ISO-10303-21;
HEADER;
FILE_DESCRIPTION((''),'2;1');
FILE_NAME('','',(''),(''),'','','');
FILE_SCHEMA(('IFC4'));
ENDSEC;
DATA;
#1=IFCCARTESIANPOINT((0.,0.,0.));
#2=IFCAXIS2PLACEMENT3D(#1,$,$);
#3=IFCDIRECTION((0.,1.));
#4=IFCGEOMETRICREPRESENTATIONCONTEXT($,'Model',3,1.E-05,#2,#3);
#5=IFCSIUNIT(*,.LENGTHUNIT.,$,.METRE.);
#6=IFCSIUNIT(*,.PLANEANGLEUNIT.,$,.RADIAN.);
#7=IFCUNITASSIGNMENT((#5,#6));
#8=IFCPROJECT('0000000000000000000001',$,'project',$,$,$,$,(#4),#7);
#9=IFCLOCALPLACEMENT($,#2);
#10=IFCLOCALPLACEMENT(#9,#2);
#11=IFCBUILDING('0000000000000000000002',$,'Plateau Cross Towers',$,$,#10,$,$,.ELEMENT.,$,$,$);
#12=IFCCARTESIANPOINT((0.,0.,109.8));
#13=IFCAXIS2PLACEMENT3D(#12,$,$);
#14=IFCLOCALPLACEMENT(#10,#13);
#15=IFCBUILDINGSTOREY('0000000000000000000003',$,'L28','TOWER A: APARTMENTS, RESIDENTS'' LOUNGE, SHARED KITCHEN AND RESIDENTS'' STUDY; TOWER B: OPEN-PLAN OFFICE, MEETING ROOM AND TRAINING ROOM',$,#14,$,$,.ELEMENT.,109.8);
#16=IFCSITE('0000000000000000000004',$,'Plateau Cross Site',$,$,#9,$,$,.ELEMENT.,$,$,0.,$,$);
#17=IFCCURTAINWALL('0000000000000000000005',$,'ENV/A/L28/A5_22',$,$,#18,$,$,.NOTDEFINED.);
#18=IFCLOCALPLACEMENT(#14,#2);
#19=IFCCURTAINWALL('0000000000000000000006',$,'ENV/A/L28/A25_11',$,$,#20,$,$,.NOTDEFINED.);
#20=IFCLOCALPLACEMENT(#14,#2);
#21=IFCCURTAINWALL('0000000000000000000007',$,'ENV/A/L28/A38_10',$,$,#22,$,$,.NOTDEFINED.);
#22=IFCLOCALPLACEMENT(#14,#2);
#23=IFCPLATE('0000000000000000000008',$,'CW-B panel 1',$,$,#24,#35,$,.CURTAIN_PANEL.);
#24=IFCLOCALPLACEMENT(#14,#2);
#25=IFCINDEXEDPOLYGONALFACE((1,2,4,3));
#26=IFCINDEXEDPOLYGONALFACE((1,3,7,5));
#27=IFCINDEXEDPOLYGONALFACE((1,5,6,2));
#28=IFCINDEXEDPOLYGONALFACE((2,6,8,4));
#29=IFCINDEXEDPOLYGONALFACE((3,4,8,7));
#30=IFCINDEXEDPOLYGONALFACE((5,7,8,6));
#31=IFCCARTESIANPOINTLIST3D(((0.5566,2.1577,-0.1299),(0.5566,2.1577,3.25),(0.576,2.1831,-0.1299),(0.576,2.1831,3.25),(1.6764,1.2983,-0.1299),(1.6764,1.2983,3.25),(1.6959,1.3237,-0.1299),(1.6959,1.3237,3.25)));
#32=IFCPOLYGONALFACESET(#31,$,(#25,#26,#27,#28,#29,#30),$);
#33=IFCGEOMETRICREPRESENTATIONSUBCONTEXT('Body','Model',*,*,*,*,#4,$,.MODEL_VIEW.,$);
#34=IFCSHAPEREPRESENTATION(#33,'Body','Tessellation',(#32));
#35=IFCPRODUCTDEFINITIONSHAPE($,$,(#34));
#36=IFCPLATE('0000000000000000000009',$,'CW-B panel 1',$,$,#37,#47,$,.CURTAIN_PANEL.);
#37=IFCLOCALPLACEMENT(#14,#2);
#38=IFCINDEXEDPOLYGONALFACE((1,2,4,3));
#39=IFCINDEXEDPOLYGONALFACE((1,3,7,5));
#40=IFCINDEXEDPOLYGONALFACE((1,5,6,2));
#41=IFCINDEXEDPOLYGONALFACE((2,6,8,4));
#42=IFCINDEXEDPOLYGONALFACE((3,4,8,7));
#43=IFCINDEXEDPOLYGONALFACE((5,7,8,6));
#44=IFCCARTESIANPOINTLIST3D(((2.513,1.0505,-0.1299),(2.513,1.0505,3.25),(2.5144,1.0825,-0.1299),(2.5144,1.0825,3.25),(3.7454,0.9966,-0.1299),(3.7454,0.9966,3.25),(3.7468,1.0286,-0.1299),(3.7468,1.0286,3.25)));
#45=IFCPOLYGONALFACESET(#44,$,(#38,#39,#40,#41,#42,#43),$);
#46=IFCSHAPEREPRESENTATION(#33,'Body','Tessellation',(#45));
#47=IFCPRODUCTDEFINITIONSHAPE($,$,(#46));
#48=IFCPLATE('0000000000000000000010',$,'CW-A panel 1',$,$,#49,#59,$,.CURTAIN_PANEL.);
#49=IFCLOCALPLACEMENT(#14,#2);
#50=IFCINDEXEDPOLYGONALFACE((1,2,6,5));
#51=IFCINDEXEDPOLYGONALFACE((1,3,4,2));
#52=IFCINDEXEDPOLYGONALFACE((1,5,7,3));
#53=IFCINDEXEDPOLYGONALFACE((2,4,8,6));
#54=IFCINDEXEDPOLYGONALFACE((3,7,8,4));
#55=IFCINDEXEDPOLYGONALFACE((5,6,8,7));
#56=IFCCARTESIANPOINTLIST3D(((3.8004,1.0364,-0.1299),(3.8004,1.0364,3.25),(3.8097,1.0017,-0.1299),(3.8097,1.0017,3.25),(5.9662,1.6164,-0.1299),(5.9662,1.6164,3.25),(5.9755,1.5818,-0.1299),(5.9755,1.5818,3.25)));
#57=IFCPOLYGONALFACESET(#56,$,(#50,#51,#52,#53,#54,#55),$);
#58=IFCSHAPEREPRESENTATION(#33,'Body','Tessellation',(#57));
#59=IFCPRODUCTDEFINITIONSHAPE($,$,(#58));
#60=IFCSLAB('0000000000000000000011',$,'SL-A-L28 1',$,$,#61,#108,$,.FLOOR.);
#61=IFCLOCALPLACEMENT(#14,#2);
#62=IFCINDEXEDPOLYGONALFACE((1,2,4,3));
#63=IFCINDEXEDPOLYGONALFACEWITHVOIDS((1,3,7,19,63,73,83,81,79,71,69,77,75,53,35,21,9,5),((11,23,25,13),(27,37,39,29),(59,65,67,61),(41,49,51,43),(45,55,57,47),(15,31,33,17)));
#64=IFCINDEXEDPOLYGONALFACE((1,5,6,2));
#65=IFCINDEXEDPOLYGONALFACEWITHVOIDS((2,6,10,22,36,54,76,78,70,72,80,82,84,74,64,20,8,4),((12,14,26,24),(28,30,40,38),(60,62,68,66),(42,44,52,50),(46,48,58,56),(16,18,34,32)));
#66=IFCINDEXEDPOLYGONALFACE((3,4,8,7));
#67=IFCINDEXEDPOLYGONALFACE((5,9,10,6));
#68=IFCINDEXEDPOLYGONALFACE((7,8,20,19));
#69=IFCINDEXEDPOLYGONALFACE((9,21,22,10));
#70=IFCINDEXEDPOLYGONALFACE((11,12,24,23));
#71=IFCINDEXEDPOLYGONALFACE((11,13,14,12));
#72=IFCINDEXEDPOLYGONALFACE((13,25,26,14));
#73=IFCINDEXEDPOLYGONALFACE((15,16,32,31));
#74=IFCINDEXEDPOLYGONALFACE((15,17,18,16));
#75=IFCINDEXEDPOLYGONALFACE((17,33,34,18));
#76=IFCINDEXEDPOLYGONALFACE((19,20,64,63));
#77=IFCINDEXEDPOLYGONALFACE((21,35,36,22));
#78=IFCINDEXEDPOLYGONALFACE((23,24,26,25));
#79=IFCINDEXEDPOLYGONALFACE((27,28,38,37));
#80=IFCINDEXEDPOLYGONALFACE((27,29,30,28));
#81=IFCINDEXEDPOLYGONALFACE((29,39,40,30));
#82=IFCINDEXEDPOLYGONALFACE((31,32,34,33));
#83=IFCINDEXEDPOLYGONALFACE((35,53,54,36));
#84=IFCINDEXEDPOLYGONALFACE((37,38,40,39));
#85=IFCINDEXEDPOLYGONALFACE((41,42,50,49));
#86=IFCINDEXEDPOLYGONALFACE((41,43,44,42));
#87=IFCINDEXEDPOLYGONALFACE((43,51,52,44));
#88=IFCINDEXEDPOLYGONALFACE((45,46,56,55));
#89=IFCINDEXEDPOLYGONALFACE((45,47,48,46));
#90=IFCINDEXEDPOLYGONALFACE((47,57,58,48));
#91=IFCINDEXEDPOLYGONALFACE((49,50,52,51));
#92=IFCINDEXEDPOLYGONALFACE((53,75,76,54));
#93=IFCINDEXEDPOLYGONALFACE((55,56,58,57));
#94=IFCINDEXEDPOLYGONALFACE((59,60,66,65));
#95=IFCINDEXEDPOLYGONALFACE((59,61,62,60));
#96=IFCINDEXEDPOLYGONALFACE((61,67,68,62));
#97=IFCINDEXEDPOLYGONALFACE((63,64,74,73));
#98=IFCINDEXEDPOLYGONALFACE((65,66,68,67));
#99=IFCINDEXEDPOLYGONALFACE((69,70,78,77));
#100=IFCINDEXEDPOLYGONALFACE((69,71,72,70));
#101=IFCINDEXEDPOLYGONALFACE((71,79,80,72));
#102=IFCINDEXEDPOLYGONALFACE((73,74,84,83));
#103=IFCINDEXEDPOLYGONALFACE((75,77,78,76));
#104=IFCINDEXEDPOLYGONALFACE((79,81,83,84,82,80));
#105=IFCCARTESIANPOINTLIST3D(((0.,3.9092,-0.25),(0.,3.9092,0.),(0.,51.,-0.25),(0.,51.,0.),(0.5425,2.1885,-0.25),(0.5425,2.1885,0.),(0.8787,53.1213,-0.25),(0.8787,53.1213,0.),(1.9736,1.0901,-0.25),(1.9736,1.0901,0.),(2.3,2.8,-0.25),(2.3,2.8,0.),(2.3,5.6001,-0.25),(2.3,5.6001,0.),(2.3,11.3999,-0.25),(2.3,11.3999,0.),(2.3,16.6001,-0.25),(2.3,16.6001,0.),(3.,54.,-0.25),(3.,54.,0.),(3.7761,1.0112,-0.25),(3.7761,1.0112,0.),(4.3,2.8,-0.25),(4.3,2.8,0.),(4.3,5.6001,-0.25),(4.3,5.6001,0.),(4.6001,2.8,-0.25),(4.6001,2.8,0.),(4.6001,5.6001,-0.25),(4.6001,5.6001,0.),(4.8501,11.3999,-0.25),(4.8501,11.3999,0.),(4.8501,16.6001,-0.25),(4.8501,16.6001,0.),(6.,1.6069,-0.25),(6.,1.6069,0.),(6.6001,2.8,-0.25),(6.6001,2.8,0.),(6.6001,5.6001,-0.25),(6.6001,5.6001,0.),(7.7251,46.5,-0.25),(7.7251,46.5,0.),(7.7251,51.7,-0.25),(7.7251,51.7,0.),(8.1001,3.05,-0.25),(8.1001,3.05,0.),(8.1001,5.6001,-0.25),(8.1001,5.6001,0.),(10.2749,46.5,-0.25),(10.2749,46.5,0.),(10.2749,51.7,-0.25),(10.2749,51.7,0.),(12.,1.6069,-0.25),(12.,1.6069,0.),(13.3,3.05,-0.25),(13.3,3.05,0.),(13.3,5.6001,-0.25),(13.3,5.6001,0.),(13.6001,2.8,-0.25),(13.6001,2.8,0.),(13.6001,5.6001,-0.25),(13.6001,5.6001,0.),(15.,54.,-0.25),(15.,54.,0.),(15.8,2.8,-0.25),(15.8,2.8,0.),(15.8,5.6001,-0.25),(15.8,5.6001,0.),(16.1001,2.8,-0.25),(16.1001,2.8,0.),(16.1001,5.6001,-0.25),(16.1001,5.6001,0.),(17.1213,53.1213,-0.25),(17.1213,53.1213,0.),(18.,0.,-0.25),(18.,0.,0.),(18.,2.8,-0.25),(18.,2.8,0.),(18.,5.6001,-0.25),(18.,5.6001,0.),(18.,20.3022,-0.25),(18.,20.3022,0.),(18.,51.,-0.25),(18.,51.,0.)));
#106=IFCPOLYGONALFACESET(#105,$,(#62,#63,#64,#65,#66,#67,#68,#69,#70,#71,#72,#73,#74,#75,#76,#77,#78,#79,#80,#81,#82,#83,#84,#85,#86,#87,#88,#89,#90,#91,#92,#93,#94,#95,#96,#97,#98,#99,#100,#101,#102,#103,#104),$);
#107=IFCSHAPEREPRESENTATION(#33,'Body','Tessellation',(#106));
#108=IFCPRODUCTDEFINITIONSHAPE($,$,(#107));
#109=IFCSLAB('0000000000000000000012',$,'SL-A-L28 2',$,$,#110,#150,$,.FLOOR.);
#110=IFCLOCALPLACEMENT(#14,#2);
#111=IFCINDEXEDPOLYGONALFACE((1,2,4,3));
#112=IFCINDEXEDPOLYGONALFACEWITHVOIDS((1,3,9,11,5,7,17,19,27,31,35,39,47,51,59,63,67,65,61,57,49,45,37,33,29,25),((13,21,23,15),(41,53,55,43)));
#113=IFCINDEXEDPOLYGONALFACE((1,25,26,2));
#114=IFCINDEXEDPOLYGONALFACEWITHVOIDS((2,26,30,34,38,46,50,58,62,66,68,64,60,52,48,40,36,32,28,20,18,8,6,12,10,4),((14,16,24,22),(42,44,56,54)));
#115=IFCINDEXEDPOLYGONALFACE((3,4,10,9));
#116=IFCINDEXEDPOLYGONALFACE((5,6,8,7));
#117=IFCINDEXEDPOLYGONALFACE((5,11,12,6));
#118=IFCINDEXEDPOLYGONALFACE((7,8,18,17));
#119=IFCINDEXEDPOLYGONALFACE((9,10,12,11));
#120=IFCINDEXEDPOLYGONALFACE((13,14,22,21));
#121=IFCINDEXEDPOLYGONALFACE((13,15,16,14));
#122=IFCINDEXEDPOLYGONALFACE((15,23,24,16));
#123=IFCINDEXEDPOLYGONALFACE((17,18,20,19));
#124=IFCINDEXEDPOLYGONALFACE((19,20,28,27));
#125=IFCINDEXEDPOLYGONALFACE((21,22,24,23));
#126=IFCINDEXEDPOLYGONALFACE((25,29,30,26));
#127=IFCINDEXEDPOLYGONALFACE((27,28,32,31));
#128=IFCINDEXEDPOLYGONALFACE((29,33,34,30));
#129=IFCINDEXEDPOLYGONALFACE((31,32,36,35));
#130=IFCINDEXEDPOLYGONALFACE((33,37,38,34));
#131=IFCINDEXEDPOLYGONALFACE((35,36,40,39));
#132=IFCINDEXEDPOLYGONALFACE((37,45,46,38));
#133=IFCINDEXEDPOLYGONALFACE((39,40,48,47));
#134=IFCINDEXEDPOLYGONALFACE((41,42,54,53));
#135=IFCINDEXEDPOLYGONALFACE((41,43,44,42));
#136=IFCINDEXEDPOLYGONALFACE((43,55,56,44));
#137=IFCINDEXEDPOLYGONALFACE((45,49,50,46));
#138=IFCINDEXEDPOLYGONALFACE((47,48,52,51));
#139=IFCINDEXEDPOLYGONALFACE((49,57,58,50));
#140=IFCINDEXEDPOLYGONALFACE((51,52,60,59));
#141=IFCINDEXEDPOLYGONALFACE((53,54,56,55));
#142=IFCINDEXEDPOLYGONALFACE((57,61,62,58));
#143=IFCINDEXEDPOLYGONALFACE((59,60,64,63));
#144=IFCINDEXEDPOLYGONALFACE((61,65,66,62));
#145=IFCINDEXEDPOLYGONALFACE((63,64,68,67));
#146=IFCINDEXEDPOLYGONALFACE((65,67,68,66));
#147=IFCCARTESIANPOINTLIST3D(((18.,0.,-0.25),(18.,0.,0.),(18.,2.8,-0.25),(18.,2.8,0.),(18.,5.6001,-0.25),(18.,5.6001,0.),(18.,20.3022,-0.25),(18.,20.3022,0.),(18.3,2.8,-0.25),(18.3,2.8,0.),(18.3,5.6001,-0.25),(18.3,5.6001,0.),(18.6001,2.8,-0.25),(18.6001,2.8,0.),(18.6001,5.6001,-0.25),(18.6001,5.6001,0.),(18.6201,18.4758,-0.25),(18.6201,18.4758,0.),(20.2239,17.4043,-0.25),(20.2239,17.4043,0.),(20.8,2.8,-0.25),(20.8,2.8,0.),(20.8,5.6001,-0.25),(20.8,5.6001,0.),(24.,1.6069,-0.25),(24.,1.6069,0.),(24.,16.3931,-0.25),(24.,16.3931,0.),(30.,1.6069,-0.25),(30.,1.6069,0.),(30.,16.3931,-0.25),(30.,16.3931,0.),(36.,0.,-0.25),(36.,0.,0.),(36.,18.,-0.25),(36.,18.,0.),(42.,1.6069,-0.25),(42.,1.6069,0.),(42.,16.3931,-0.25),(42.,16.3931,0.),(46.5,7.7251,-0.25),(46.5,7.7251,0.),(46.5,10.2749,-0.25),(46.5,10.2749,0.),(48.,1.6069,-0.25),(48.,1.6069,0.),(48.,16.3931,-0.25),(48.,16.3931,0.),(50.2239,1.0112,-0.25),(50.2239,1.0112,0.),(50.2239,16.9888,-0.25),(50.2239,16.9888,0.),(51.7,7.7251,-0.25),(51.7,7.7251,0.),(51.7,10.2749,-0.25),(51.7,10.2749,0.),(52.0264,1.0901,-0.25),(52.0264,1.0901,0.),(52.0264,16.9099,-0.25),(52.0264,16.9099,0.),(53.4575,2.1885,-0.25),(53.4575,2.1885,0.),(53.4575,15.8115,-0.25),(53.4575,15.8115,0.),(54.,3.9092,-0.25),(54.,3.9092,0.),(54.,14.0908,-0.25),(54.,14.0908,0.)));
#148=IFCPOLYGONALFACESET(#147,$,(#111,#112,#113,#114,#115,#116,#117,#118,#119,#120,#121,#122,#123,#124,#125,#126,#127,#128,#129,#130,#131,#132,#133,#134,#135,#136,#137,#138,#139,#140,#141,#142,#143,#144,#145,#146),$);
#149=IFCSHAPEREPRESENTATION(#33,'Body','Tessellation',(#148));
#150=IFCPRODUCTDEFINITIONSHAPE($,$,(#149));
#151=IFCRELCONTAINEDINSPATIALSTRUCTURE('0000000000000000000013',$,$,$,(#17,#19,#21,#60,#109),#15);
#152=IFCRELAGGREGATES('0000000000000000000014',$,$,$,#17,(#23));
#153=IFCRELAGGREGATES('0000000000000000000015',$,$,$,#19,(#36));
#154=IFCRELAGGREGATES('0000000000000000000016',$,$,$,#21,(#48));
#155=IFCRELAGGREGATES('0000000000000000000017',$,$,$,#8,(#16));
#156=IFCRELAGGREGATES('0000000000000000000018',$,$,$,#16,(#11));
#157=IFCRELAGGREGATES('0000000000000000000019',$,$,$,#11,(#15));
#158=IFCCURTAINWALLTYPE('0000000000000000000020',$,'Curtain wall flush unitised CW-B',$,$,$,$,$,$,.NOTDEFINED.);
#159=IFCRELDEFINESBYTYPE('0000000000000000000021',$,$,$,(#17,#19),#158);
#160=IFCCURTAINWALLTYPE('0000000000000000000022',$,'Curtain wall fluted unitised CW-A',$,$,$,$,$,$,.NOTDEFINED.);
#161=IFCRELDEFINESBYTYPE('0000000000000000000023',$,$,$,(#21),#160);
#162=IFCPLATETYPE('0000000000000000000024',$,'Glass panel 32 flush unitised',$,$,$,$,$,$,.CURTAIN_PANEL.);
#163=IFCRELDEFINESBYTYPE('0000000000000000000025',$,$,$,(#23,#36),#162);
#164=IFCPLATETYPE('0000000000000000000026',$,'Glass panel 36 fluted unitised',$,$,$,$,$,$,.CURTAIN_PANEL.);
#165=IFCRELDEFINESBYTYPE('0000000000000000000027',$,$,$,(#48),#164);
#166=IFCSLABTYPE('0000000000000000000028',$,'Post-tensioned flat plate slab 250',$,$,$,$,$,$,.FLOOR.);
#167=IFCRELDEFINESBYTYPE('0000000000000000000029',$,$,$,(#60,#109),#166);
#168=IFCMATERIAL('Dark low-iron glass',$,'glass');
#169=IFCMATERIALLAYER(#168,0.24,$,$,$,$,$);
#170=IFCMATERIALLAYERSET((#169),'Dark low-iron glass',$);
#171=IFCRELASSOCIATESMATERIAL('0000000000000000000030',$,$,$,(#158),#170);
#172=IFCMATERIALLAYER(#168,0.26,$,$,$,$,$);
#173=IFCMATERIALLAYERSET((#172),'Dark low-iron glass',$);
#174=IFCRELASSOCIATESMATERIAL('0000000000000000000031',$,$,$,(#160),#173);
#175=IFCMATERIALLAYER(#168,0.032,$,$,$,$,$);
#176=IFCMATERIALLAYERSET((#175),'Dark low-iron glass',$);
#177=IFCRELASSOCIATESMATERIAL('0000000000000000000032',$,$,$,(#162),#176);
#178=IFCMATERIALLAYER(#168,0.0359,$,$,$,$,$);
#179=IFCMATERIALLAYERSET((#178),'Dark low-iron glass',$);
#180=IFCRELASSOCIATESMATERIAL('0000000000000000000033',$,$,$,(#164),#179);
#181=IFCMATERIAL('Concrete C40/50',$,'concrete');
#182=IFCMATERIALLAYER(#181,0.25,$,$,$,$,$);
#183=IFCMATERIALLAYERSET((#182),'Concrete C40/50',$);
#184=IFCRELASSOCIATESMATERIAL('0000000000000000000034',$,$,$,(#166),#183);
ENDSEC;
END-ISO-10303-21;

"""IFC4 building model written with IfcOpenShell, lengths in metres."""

from ifc_helpers import new_model, si_unit, direction, frame, origin, origin_2d, place, context, subcontext, project, spatial, polyline, rectangle, outline, extrude, material, layer, layer_set, type_object, element, aggregate, save


model = new_model("IFC4")

# Units and contexts
model_context = context("Model", 3, precision=1e-05, world=origin(), true_north=direction((0.0, 1.0)))
body_context = subcontext(model_context, "Body", "Model", "MODEL_VIEW")
ifc_project = project(units=[si_unit("LENGTHUNIT", "METRE"), si_unit("PLANEANGLEUNIT", "RADIAN")], contexts=[model_context])

# Site, building, storey
site_placement = place(None, origin())
site = spatial("IfcSite", under=ifc_project, at=site_placement, Name="Plateau Cross Site", CompositionType="ELEMENT", RefElevation=0.0)
building_placement = place(site_placement, origin())
building = spatial("IfcBuilding", under=site, at=building_placement, Name="Plateau Cross Towers", CompositionType="ELEMENT")
storey_placement = place(building_placement, frame((0.0, 0.0, 109.8)))
storey = spatial("IfcBuildingStorey", under=building, at=storey_placement, Name="L28", Description="TOWER A: APARTMENTS, RESIDENTS' LOUNGE, SHARED KITCHEN AND RESIDENTS' STUDY; TOWER B: OPEN-PLAN OFFICE, MEETING ROOM AND TRAINING ROOM", CompositionType="ELEMENT", Elevation=109.8)

# Curtain wall
ifc_material_1 = material(Name="Dark low-iron glass", Category="glass")
ifc_layer_1 = layer(ifc_material_1, 0.24)
ifc_layer_set_1 = layer_set([ifc_layer_1], Name="Dark low-iron glass")
curtain_wall_type_1 = type_object("IfcCurtainWallType", Name="Curtain wall flush unitised CW-B", PredefinedType="NOTDEFINED", material=ifc_layer_set_1)
curtain_wall_1_placement = place(storey_placement, origin())
curtain_wall_1 = element("IfcCurtainWall", 1, at=curtain_wall_1_placement, inside=storey, type_object=curtain_wall_type_1, Name="ENV/A/L28/A5_22", PredefinedType="NOTDEFINED")

# Curtain walls
curtain_wall_2_placement = place(storey_placement, origin())
curtain_wall_2 = element("IfcCurtainWall", 2, at=curtain_wall_2_placement, inside=storey, type_object=curtain_wall_type_1, Name="ENV/A/L28/A25_11", PredefinedType="NOTDEFINED")
ifc_layer_2 = layer(ifc_material_1, 0.26)
ifc_layer_set_2 = layer_set([ifc_layer_2], Name="Dark low-iron glass")
curtain_wall_type_2 = type_object("IfcCurtainWallType", Name="Curtain wall fluted unitised CW-A", PredefinedType="NOTDEFINED", material=ifc_layer_set_2)
curtain_wall_3_placement = place(storey_placement, origin())
curtain_wall_3 = element("IfcCurtainWall", 3, at=curtain_wall_3_placement, inside=storey, type_object=curtain_wall_type_2, Name="ENV/A/L28/A38_10", PredefinedType="NOTDEFINED")

# Shared definitions
ifc_material_2 = material(Name="Concrete C40/50", Category="concrete")

# Plates
ifc_layer_3 = layer(ifc_material_1, 0.032)
ifc_layer_set_3 = layer_set([ifc_layer_3], Name="Dark low-iron glass")
plate_type_1 = type_object("IfcPlateType", Name="Glass panel 32 flush unitised", PredefinedType="CURTAIN_PANEL", material=ifc_layer_set_3)
plate_1_placement = place(storey_placement, frame((1.1262, 1.7407, -0.1299), z_axis=(0.0, 0.0, 1.0), x_axis=(0.793316, -0.608811, 0.0)))
plate_1 = element("IfcPlate", 4, at=plate_1_placement, type_object=plate_type_1, Name="CW-B panel 1", PredefinedType="CURTAIN_PANEL", context=body_context, shape_type="SweptSolid", body=[
    extrude(rectangle(XDim=1.4116, YDim=0.032, at=origin_2d()), origin(), (0.0, 0.0, 1.0), 3.3799),
])
aggregate(curtain_wall_1, [plate_1])
plate_2_placement = place(storey_placement, frame((3.1299, 1.0396, -0.1299), z_axis=(0.0, 0.0, 1.0), x_axis=(0.999044, -0.043723, 0.0)))
plate_2 = element("IfcPlate", 5, at=plate_2_placement, type_object=plate_type_1, Name="CW-B panel 1", PredefinedType="CURTAIN_PANEL", context=body_context, shape_type="SweptSolid", body=[
    extrude(rectangle(XDim=1.2336, YDim=0.032, at=origin_2d()), origin(), (0.0, 0.0, 1.0), 3.3799),
])
aggregate(curtain_wall_2, [plate_2])
ifc_layer_4 = layer(ifc_material_1, 0.0359)
ifc_layer_set_4 = layer_set([ifc_layer_4], Name="Dark low-iron glass")
plate_type_2 = type_object("IfcPlateType", Name="Glass panel 36 fluted unitised", PredefinedType="CURTAIN_PANEL", material=ifc_layer_set_4)
plate_3_placement = place(storey_placement, frame((4.8879, 1.3091, -0.1299), z_axis=(0.0, 0.0, 1.0), x_axis=(0.965958, 0.258699, 0.0)))
plate_3 = element("IfcPlate", 6, at=plate_3_placement, type_object=plate_type_2, Name="CW-A panel 1", PredefinedType="CURTAIN_PANEL", context=body_context, shape_type="SweptSolid", body=[
    extrude(rectangle(XDim=2.2422, YDim=0.0359, at=origin_2d()), origin(), (0.0, 0.0, 1.0), 3.3799),
])
aggregate(curtain_wall_3, [plate_3])

# Slabs
ifc_layer_5 = layer(ifc_material_2, 0.25)
ifc_layer_set_5 = layer_set([ifc_layer_5], Name="Concrete C40/50")
slab_type_1 = type_object("IfcSlabType", Name="Post-tensioned flat plate slab 250", PredefinedType="FLOOR", material=ifc_layer_set_5)
slab_1_placement = place(storey_placement, frame((0.0, 0.0, -0.25)))
element("IfcSlab", 7, at=slab_1_placement, inside=storey, type_object=slab_type_1, Name="SL-A-L28 1", PredefinedType="FLOOR", context=body_context, shape_type="SweptSolid", body=[
    extrude(outline(polyline([(0.5425, 2.1885), (0.0, 3.9092), (0.0, 51.0), (0.8787, 53.1213), (3.0, 54.0), (15.0, 54.0), (17.1213, 53.1213), (18.0, 51.0), (18.0, 20.3022), (18.0, 5.6001), (16.1001, 5.6001), (16.1001, 2.8), (18.0, 2.8), (18.0, 0.0), (12.0, 1.6069), (6.0, 1.6069), (3.7761, 1.0112), (1.9736, 1.0901), (0.5425, 2.1885)]), holes=[polyline([(4.3, 5.6001), (2.3, 5.6001), (2.3, 2.8), (4.3, 2.8), (4.3, 5.6001)]), polyline([(6.6001, 5.6001), (4.6001, 5.6001), (4.6001, 2.8), (6.6001, 2.8), (6.6001, 5.6001)]), polyline([(15.8, 5.6001), (13.6001, 5.6001), (13.6001, 2.8), (15.8, 2.8), (15.8, 5.6001)]), polyline([(13.3, 5.6001), (8.1001, 5.6001), (8.1001, 3.05), (13.3, 3.05), (13.3, 5.6001)]), polyline([(4.8501, 16.6001), (2.3, 16.6001), (2.3, 11.3999), (4.8501, 11.3999), (4.8501, 16.6001)]), polyline([(7.7251, 51.7), (7.7251, 46.5), (10.2749, 46.5), (10.2749, 51.7), (7.7251, 51.7)])]), origin(), (0.0, 0.0, 1.0), 0.25),
])
slab_2_placement = place(storey_placement, frame((0.0, 0.0, -0.25)))
element("IfcSlab", 8, at=slab_2_placement, inside=storey, type_object=slab_type_1, Name="SL-A-L28 2", PredefinedType="FLOOR", context=body_context, shape_type="SweptSolid", body=[
    extrude(outline(polyline([(18.6201, 18.4758), (20.2239, 17.4043), (24.0, 16.3931), (30.0, 16.3931), (36.0, 18.0), (42.0, 16.3931), (48.0, 16.3931), (50.2239, 16.9888), (52.0264, 16.9099), (53.4575, 15.8115), (54.0, 14.0908), (54.0, 3.9092), (53.4575, 2.1885), (52.0264, 1.0901), (50.2239, 1.0112), (48.0, 1.6069), (42.0, 1.6069), (36.0, 0.0), (30.0, 1.6069), (24.0, 1.6069), (18.0, 0.0), (18.0, 2.8), (18.3, 2.8), (18.3, 5.6001), (18.0, 5.6001), (18.0, 20.3022), (18.6201, 18.4758)]), holes=[polyline([(20.8, 5.6001), (18.6001, 5.6001), (18.6001, 2.8), (20.8, 2.8), (20.8, 5.6001)]), polyline([(51.7, 7.7251), (51.7, 10.2749), (46.5, 10.2749), (46.5, 7.7251), (51.7, 7.7251)])]), origin(), (0.0, 0.0, 1.0), 0.25),
])

save(model, "model.ifc")
